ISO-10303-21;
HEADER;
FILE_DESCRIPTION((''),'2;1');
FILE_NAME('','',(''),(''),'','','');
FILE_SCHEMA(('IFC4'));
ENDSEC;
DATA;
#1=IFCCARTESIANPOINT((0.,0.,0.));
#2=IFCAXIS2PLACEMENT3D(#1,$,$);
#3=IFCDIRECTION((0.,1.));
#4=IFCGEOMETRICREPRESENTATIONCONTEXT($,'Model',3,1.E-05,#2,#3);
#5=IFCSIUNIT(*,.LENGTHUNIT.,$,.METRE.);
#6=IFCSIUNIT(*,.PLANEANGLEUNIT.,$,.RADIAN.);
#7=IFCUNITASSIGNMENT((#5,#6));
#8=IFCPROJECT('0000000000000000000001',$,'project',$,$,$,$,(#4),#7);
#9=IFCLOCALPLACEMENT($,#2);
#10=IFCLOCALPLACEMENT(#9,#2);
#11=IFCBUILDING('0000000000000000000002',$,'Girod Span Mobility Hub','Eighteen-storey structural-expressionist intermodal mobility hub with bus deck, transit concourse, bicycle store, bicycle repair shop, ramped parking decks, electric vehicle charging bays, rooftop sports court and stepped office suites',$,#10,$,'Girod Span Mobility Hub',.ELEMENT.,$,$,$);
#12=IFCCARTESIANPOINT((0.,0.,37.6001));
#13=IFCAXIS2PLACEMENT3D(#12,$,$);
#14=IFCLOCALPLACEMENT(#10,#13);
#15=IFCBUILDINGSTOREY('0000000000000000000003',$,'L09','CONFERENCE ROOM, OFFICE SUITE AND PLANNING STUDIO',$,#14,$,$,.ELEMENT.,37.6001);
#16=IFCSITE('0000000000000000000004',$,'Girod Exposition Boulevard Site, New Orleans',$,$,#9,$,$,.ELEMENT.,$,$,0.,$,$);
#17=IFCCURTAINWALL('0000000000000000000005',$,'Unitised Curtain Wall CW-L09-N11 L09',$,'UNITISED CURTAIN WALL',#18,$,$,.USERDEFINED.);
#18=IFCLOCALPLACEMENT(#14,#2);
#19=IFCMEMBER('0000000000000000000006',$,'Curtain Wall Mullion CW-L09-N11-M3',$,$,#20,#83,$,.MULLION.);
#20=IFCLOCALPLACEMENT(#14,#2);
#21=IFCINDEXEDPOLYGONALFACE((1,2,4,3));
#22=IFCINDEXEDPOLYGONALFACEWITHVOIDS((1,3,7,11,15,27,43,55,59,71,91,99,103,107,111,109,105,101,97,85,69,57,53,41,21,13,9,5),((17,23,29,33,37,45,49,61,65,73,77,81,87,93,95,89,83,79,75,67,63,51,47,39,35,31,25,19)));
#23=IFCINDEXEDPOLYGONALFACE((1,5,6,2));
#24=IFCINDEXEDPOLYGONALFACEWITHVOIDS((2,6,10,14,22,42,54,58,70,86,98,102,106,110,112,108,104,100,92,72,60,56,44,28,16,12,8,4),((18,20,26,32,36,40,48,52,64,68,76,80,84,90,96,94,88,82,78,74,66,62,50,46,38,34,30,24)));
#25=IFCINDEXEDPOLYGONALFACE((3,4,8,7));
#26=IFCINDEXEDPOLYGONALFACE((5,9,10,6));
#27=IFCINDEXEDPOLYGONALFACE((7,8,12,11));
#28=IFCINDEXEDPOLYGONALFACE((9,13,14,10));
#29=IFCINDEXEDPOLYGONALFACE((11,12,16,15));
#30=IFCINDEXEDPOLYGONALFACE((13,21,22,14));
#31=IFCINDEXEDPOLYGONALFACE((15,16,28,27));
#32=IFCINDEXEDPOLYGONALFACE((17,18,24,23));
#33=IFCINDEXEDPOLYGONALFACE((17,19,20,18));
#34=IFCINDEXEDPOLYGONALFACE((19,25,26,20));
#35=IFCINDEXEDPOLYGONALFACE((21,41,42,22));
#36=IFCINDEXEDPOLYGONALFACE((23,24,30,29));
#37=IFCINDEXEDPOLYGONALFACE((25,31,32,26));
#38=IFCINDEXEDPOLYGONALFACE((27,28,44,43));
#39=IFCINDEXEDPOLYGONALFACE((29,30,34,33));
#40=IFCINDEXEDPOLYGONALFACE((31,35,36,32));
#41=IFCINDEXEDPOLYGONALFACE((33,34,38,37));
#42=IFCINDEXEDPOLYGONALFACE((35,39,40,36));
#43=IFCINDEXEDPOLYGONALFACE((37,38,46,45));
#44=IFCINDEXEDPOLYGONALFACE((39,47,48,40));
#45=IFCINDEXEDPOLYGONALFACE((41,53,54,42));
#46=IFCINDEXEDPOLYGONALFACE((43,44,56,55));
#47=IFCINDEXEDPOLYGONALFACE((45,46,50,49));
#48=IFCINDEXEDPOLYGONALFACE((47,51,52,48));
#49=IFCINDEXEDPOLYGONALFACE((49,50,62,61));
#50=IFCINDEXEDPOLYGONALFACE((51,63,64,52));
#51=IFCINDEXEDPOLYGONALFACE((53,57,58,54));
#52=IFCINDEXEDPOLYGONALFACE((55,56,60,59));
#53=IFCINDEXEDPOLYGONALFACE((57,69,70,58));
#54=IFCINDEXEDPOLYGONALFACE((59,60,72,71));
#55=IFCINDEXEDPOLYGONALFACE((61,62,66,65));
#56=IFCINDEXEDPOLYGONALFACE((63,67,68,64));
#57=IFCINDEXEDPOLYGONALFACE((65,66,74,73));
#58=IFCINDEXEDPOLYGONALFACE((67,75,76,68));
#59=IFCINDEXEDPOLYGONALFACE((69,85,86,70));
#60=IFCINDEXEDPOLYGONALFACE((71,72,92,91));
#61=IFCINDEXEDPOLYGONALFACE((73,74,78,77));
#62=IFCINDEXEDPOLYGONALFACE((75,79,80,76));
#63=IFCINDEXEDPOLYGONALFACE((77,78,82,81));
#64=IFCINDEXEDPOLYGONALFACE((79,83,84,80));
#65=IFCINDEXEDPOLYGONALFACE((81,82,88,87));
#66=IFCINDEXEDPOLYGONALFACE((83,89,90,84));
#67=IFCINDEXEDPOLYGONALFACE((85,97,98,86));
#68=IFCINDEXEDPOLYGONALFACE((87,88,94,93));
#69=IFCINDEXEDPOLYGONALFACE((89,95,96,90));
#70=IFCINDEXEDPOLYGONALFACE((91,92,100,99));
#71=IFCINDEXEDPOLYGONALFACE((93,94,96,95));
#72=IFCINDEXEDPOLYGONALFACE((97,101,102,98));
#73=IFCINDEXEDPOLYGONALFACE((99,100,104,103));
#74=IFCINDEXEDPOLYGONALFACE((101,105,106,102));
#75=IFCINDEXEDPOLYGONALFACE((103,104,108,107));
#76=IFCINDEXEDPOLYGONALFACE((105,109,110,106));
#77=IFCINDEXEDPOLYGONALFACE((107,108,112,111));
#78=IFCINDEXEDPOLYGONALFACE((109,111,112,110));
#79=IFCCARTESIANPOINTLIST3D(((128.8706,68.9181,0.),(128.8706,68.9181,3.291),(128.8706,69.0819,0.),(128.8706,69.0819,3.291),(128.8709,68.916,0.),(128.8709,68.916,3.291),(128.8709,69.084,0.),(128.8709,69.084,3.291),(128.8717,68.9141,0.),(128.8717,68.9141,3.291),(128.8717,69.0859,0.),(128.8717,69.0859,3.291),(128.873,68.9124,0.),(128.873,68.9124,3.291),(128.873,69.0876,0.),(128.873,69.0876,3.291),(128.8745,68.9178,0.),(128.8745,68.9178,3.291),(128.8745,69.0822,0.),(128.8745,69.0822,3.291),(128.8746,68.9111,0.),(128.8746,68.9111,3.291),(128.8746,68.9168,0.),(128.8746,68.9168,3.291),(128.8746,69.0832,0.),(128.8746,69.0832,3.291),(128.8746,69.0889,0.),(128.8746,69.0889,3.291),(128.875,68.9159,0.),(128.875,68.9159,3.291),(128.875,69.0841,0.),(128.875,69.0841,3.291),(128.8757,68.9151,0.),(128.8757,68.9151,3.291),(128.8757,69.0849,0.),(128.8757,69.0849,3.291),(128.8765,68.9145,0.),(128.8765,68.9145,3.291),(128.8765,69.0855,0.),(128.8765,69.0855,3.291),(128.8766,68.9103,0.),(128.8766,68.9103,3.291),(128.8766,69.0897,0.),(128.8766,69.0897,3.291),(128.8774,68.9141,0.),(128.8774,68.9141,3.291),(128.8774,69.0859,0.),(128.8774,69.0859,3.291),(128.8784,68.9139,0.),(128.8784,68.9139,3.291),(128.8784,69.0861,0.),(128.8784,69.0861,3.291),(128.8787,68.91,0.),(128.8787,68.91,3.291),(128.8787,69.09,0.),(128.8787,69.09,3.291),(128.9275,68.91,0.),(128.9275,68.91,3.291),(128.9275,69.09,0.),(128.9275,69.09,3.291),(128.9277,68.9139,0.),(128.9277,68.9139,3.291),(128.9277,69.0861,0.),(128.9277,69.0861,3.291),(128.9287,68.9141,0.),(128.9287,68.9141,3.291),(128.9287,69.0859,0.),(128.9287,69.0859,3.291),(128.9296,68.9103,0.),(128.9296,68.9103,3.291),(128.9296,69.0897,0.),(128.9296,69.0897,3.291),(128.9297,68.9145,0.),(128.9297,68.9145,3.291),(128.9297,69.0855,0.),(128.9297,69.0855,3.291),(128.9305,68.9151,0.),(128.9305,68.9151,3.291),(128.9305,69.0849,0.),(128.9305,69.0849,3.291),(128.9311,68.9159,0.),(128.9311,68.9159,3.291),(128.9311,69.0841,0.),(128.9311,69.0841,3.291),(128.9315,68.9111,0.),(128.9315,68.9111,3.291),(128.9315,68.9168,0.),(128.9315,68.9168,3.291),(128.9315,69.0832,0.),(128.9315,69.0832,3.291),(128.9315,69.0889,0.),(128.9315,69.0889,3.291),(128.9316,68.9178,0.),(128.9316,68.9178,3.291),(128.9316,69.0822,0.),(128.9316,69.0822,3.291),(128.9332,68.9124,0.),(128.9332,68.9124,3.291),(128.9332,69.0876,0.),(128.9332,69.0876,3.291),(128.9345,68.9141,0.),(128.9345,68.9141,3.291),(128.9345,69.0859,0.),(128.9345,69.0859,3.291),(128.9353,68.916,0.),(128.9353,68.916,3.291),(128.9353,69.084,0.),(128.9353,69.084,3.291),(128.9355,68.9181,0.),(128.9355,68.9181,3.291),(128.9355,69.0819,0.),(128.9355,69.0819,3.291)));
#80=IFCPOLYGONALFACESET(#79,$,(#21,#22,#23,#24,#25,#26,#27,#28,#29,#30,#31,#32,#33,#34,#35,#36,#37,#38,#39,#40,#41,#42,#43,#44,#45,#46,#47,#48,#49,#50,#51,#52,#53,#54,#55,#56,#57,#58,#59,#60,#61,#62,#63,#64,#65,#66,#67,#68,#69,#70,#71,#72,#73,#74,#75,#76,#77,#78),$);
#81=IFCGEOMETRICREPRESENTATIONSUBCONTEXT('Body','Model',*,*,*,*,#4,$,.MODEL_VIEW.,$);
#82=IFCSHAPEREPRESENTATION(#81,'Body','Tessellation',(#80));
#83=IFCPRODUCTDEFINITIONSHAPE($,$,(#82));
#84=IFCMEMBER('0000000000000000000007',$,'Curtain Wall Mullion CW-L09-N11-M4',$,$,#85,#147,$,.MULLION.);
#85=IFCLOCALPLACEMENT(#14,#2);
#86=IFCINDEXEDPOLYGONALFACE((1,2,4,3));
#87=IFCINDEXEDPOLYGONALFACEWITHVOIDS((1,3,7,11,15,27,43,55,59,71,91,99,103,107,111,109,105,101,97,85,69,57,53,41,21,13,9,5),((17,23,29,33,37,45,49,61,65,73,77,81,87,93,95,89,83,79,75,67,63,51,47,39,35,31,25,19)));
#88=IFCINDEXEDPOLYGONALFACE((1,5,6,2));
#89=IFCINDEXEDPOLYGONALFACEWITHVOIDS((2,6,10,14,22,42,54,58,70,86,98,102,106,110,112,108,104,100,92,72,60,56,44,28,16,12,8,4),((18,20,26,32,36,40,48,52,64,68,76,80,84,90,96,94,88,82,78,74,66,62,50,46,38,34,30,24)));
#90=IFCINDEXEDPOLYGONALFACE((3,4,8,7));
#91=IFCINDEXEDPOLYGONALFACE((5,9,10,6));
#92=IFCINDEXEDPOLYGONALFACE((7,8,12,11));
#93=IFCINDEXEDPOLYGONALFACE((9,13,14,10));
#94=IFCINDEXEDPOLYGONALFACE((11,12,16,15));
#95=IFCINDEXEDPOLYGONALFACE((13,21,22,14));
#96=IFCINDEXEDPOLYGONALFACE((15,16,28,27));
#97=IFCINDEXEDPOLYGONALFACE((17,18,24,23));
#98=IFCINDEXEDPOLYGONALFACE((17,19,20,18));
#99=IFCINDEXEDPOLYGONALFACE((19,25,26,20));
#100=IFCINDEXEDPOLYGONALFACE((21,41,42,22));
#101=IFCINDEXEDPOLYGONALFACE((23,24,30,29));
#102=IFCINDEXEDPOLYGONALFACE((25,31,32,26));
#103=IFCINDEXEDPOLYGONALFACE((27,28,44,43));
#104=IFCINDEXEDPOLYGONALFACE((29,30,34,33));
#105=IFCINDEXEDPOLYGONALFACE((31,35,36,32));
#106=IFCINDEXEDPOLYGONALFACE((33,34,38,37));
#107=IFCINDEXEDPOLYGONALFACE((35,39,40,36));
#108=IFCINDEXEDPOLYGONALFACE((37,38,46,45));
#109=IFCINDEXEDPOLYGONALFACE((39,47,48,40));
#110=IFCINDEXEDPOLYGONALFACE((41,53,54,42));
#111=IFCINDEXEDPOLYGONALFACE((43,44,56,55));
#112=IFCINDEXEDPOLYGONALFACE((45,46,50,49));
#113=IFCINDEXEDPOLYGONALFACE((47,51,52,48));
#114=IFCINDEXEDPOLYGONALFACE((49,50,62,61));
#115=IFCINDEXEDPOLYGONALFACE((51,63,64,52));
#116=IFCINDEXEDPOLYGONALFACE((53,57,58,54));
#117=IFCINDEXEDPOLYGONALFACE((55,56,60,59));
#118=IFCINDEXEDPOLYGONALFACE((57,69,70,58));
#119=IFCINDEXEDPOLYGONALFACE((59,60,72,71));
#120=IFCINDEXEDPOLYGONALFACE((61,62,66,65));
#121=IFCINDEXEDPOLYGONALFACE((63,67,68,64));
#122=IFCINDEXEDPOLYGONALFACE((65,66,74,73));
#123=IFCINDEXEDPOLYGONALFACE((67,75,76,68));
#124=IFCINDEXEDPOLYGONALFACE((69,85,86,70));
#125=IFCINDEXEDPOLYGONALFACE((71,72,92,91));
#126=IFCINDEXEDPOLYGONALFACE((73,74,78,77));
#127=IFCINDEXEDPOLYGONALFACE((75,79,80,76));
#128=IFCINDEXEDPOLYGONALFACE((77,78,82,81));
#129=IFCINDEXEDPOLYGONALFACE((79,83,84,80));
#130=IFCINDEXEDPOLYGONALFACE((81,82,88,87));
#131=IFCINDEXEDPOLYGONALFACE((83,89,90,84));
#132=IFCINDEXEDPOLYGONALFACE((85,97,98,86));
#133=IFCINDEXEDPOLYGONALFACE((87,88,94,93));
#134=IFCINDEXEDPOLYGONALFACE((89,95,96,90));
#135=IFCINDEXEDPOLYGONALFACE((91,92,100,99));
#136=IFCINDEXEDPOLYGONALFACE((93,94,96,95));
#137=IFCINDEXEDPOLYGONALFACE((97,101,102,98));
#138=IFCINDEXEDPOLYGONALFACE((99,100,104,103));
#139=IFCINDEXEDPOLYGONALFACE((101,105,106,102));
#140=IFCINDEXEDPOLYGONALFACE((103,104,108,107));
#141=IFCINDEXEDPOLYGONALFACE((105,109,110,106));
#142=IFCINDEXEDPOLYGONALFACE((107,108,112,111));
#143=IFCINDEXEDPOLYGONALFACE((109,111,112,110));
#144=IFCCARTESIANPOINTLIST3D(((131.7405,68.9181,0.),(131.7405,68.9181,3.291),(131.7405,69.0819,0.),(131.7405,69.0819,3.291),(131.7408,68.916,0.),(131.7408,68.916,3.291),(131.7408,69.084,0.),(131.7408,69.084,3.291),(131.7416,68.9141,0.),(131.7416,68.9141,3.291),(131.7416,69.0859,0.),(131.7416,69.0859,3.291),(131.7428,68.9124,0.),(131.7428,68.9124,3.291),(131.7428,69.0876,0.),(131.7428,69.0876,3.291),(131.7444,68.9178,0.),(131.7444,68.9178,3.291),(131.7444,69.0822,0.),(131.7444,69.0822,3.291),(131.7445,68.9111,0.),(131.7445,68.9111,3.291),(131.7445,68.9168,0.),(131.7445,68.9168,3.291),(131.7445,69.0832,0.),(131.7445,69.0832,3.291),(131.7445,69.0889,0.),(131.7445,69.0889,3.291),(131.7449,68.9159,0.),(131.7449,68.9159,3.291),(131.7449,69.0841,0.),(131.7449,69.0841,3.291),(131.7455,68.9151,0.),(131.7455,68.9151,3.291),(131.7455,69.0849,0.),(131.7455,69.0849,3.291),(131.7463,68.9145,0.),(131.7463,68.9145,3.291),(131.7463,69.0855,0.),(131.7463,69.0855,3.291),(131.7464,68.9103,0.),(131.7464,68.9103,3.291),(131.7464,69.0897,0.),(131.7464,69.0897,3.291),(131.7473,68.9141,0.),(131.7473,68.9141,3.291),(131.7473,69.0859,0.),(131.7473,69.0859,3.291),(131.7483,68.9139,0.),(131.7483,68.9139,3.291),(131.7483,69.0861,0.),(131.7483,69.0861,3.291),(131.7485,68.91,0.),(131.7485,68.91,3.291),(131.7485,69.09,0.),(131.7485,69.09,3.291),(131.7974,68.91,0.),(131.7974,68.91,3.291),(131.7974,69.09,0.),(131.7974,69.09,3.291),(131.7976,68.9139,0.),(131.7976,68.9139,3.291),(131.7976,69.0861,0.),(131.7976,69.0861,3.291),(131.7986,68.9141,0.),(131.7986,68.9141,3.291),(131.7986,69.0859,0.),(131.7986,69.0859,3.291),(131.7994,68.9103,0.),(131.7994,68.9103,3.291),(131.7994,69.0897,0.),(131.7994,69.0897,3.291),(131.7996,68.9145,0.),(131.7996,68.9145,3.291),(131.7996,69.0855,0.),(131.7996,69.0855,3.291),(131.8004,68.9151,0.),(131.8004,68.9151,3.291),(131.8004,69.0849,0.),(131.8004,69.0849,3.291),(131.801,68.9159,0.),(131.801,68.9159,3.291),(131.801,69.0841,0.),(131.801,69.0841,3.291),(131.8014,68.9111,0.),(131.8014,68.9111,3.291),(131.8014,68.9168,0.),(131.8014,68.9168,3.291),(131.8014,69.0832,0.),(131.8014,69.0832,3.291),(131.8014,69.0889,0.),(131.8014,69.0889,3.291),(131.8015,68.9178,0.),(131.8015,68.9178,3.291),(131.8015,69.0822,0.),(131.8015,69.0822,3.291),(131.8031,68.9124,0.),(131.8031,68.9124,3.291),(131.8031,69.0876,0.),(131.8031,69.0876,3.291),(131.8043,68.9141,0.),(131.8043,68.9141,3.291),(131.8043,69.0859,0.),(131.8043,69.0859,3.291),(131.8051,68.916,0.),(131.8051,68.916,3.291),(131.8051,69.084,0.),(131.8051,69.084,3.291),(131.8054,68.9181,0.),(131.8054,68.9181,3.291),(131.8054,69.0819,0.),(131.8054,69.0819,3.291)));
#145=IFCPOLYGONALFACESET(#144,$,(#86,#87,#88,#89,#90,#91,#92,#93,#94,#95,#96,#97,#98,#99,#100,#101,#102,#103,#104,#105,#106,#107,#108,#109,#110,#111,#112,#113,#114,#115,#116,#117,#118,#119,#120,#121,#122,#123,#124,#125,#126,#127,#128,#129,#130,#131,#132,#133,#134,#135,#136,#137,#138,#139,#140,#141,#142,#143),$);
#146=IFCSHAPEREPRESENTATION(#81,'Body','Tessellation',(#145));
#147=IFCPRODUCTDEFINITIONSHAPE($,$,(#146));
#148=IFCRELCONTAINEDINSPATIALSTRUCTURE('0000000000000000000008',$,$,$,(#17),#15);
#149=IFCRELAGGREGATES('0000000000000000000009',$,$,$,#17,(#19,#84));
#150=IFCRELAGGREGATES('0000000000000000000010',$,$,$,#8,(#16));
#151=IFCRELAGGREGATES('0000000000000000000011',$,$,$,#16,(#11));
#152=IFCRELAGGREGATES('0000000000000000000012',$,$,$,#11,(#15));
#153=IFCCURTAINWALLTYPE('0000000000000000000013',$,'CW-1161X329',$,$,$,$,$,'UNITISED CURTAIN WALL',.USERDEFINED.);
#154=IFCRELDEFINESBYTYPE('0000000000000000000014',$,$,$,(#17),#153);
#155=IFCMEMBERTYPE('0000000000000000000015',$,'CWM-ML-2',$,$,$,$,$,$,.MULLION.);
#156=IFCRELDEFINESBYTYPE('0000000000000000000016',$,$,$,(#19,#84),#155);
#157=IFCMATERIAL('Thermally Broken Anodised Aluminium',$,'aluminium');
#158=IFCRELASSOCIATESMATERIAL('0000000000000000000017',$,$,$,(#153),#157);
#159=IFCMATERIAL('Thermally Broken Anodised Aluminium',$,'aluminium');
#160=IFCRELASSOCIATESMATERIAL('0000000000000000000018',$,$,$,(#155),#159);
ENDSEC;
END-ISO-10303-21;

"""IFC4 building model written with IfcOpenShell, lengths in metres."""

from ifc_helpers import new_model, si_unit, direction, frame, origin, origin_2d, place, context, subcontext, project, spatial, hollow_rectangle, extrude, material, material_profile, profile_set, type_object, element, aggregate, save


model = new_model("IFC4")

# Units and contexts
model_context = context("Model", 3, precision=1e-05, world=origin(), true_north=direction((0.0, 1.0)))
body_context = subcontext(model_context, "Body", "Model", "MODEL_VIEW")
ifc_project = project(units=[si_unit("LENGTHUNIT", "METRE"), si_unit("PLANEANGLEUNIT", "RADIAN")], contexts=[model_context])

# Site, building, storey
site_placement = place(None, origin())
site = spatial("IfcSite", under=ifc_project, at=site_placement, Name="Girod Exposition Boulevard Site, New Orleans", CompositionType="ELEMENT", RefElevation=0.0)
building_placement = place(site_placement, origin())
building = spatial("IfcBuilding", under=site, at=building_placement, Name="Girod Span Mobility Hub", Description="Eighteen-storey structural-expressionist intermodal mobility hub with bus deck, transit concourse, bicycle store, bicycle repair shop, ramped parking decks, electric vehicle charging bays, rooftop sports court and stepped office suites", LongName="Girod Span Mobility Hub", CompositionType="ELEMENT")
storey_placement = place(building_placement, frame((0.0, 0.0, 37.6001)))
storey = spatial("IfcBuildingStorey", under=building, at=storey_placement, Name="L09", Description="CONFERENCE ROOM, OFFICE SUITE AND PLANNING STUDIO", CompositionType="ELEMENT", Elevation=37.6001)

# Curtain wall, members
ifc_material_1 = material(Name="Thermally Broken Anodised Aluminium", Category="aluminium")
curtain_wall_type = type_object("IfcCurtainWallType", Name="CW-1161X329", ElementType="UNITISED CURTAIN WALL", PredefinedType="USERDEFINED", material=ifc_material_1)
curtain_wall_1_placement = place(storey_placement, origin())
curtain_wall_1 = element("IfcCurtainWall", 1, at=curtain_wall_1_placement, inside=storey, type_object=curtain_wall_type, Name="Unitised Curtain Wall CW-L09-N11 L09", ObjectType="UNITISED CURTAIN WALL", PredefinedType="USERDEFINED")
ifc_material_2 = material(Name="Thermally Broken Anodised Aluminium", Category="aluminium")
ifc_material_profile_1 = material_profile(ifc_material_2, hollow_rectangle(XDim=0.1799, YDim=0.0649, WallThickness=0.0039, InnerFilletRadius=0.0039, OuterFilletRadius=0.0081, at=origin_2d()), Name="CW-ML-65X180")
ifc_profile_set_1 = profile_set([ifc_material_profile_1], Name="Thermally Broken Anodised Aluminium")
member_type_1 = type_object("IfcMemberType", Name="CWM-ML-2", PredefinedType="MULLION", material=ifc_profile_set_1)
member_1_placement = place(storey_placement, frame((128.9031, 69.0, 0.0), z_axis=(0.0, 0.0, 1.0), x_axis=(0.0, 1.0, 0.0)))
member_1 = element("IfcMember", 2, at=member_1_placement, type_object=member_type_1, Name="Curtain Wall Mullion CW-L09-N11-M3", PredefinedType="MULLION", context=body_context, shape_type="SweptSolid", body=[
    extrude(hollow_rectangle(XDim=0.1799, YDim=0.0649, WallThickness=0.0039, InnerFilletRadius=0.0039, OuterFilletRadius=0.0081, at=origin_2d()), origin(), (0.0, 0.0, 1.0), 3.291),
])
member_2_placement = place(storey_placement, frame((131.7729, 69.0, 0.0), z_axis=(0.0, 0.0, 1.0), x_axis=(0.0, 1.0, 0.0)))
member_2 = element("IfcMember", 3, at=member_2_placement, type_object=member_type_1, Name="Curtain Wall Mullion CW-L09-N11-M4", PredefinedType="MULLION", context=body_context, shape_type="SweptSolid", body=[
    extrude(hollow_rectangle(XDim=0.1799, YDim=0.0649, WallThickness=0.0039, InnerFilletRadius=0.0039, OuterFilletRadius=0.0081, at=origin_2d()), origin(), (0.0, 0.0, 1.0), 3.291),
])

aggregate(curtain_wall_1, [member_1, member_2])

save(model, "model.ifc")
